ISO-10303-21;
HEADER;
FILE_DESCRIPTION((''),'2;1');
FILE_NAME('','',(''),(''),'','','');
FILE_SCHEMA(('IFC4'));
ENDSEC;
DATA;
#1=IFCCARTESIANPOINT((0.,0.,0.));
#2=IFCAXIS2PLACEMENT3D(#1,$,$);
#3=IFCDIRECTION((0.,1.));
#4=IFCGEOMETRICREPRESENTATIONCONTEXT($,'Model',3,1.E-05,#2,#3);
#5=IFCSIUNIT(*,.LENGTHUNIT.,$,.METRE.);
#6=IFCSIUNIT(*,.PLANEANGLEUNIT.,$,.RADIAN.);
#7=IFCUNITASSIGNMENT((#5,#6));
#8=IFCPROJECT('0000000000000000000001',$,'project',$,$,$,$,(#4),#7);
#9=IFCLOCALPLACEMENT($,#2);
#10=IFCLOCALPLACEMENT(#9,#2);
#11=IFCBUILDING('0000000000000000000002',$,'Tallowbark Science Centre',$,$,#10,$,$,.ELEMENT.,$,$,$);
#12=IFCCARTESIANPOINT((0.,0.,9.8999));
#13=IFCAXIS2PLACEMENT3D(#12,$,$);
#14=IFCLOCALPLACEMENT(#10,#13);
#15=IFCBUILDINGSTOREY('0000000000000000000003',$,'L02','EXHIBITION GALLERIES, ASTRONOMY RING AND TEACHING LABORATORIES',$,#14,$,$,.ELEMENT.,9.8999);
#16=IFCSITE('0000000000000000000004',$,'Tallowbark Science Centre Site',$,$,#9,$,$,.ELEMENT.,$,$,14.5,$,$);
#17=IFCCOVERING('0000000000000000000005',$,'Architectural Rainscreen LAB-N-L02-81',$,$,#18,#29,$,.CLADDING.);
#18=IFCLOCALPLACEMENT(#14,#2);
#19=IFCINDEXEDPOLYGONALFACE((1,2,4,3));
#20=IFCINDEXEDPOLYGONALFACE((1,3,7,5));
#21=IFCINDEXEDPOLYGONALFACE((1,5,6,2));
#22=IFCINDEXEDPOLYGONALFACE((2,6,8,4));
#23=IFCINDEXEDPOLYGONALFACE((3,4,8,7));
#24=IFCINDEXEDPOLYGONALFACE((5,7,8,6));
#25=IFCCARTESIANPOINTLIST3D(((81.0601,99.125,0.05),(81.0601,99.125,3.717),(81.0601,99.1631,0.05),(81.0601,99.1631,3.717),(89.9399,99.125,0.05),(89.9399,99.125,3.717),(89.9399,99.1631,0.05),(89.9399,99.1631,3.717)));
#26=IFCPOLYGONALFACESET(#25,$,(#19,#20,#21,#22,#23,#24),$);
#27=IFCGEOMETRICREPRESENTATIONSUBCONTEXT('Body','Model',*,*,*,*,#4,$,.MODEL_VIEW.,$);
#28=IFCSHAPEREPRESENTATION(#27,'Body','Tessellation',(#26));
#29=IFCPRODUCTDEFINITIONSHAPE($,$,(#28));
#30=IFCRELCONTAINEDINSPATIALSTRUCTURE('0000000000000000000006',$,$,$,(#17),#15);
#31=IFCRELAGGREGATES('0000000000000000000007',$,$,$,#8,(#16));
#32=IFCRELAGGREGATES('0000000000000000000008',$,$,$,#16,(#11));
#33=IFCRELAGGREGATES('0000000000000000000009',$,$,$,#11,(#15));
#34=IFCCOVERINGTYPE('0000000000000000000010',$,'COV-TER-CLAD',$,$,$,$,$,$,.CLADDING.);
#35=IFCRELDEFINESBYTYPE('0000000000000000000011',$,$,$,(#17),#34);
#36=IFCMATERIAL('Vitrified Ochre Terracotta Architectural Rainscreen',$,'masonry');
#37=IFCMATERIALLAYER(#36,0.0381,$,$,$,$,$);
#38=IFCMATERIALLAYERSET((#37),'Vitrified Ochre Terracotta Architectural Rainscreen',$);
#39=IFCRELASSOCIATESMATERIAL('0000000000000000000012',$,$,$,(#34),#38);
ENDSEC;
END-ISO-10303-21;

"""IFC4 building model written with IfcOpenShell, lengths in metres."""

from ifc_helpers import new_model, si_unit, direction, frame, origin, origin_2d, place, context, subcontext, project, spatial, rectangle, extrude, material, layer, layer_set, type_object, element, save


model = new_model("IFC4")

# Units and contexts
model_context = context("Model", 3, precision=1e-05, world=origin(), true_north=direction((0.0, 1.0)))
body_context = subcontext(model_context, "Body", "Model", "MODEL_VIEW")
ifc_project = project(units=[si_unit("LENGTHUNIT", "METRE"), si_unit("PLANEANGLEUNIT", "RADIAN")], contexts=[model_context])

# Site, building, storey
site_placement = place(None, origin())
site = spatial("IfcSite", under=ifc_project, at=site_placement, Name="Tallowbark Science Centre Site", CompositionType="ELEMENT", RefElevation=14.5)
building_placement = place(site_placement, origin())
building = spatial("IfcBuilding", under=site, at=building_placement, Name="Tallowbark Science Centre", CompositionType="ELEMENT")
storey_placement = place(building_placement, frame((0.0, 0.0, 9.8999)))
storey = spatial("IfcBuildingStorey", under=building, at=storey_placement, Name="L02", Description="EXHIBITION GALLERIES, ASTRONOMY RING AND TEACHING LABORATORIES", CompositionType="ELEMENT", Elevation=9.8999)

# Covering
ifc_material_1 = material(Name="Vitrified Ochre Terracotta Architectural Rainscreen", Category="masonry")
ifc_layer_1 = layer(ifc_material_1, 0.0381)
ifc_layer_set_1 = layer_set([ifc_layer_1], Name="Vitrified Ochre Terracotta Architectural Rainscreen")
covering_type_1 = type_object("IfcCoveringType", Name="COV-TER-CLAD", PredefinedType="CLADDING", material=ifc_layer_set_1)
covering_placement = place(storey_placement, frame((85.5, 99.144, 0.05), z_axis=(0.0, 0.0, 1.0), x_axis=(-1.0, 0.0, 0.0)))
element("IfcCovering", 1, at=covering_placement, inside=storey, type_object=covering_type_1, Name="Architectural Rainscreen LAB-N-L02-81", PredefinedType="CLADDING", context=body_context, shape_type="SweptSolid", body=[
    extrude(rectangle(XDim=8.8799, YDim=0.0381, at=origin_2d()), origin(), (0.0, 0.0, 1.0), 3.667),
])

save(model, "model.ifc")
